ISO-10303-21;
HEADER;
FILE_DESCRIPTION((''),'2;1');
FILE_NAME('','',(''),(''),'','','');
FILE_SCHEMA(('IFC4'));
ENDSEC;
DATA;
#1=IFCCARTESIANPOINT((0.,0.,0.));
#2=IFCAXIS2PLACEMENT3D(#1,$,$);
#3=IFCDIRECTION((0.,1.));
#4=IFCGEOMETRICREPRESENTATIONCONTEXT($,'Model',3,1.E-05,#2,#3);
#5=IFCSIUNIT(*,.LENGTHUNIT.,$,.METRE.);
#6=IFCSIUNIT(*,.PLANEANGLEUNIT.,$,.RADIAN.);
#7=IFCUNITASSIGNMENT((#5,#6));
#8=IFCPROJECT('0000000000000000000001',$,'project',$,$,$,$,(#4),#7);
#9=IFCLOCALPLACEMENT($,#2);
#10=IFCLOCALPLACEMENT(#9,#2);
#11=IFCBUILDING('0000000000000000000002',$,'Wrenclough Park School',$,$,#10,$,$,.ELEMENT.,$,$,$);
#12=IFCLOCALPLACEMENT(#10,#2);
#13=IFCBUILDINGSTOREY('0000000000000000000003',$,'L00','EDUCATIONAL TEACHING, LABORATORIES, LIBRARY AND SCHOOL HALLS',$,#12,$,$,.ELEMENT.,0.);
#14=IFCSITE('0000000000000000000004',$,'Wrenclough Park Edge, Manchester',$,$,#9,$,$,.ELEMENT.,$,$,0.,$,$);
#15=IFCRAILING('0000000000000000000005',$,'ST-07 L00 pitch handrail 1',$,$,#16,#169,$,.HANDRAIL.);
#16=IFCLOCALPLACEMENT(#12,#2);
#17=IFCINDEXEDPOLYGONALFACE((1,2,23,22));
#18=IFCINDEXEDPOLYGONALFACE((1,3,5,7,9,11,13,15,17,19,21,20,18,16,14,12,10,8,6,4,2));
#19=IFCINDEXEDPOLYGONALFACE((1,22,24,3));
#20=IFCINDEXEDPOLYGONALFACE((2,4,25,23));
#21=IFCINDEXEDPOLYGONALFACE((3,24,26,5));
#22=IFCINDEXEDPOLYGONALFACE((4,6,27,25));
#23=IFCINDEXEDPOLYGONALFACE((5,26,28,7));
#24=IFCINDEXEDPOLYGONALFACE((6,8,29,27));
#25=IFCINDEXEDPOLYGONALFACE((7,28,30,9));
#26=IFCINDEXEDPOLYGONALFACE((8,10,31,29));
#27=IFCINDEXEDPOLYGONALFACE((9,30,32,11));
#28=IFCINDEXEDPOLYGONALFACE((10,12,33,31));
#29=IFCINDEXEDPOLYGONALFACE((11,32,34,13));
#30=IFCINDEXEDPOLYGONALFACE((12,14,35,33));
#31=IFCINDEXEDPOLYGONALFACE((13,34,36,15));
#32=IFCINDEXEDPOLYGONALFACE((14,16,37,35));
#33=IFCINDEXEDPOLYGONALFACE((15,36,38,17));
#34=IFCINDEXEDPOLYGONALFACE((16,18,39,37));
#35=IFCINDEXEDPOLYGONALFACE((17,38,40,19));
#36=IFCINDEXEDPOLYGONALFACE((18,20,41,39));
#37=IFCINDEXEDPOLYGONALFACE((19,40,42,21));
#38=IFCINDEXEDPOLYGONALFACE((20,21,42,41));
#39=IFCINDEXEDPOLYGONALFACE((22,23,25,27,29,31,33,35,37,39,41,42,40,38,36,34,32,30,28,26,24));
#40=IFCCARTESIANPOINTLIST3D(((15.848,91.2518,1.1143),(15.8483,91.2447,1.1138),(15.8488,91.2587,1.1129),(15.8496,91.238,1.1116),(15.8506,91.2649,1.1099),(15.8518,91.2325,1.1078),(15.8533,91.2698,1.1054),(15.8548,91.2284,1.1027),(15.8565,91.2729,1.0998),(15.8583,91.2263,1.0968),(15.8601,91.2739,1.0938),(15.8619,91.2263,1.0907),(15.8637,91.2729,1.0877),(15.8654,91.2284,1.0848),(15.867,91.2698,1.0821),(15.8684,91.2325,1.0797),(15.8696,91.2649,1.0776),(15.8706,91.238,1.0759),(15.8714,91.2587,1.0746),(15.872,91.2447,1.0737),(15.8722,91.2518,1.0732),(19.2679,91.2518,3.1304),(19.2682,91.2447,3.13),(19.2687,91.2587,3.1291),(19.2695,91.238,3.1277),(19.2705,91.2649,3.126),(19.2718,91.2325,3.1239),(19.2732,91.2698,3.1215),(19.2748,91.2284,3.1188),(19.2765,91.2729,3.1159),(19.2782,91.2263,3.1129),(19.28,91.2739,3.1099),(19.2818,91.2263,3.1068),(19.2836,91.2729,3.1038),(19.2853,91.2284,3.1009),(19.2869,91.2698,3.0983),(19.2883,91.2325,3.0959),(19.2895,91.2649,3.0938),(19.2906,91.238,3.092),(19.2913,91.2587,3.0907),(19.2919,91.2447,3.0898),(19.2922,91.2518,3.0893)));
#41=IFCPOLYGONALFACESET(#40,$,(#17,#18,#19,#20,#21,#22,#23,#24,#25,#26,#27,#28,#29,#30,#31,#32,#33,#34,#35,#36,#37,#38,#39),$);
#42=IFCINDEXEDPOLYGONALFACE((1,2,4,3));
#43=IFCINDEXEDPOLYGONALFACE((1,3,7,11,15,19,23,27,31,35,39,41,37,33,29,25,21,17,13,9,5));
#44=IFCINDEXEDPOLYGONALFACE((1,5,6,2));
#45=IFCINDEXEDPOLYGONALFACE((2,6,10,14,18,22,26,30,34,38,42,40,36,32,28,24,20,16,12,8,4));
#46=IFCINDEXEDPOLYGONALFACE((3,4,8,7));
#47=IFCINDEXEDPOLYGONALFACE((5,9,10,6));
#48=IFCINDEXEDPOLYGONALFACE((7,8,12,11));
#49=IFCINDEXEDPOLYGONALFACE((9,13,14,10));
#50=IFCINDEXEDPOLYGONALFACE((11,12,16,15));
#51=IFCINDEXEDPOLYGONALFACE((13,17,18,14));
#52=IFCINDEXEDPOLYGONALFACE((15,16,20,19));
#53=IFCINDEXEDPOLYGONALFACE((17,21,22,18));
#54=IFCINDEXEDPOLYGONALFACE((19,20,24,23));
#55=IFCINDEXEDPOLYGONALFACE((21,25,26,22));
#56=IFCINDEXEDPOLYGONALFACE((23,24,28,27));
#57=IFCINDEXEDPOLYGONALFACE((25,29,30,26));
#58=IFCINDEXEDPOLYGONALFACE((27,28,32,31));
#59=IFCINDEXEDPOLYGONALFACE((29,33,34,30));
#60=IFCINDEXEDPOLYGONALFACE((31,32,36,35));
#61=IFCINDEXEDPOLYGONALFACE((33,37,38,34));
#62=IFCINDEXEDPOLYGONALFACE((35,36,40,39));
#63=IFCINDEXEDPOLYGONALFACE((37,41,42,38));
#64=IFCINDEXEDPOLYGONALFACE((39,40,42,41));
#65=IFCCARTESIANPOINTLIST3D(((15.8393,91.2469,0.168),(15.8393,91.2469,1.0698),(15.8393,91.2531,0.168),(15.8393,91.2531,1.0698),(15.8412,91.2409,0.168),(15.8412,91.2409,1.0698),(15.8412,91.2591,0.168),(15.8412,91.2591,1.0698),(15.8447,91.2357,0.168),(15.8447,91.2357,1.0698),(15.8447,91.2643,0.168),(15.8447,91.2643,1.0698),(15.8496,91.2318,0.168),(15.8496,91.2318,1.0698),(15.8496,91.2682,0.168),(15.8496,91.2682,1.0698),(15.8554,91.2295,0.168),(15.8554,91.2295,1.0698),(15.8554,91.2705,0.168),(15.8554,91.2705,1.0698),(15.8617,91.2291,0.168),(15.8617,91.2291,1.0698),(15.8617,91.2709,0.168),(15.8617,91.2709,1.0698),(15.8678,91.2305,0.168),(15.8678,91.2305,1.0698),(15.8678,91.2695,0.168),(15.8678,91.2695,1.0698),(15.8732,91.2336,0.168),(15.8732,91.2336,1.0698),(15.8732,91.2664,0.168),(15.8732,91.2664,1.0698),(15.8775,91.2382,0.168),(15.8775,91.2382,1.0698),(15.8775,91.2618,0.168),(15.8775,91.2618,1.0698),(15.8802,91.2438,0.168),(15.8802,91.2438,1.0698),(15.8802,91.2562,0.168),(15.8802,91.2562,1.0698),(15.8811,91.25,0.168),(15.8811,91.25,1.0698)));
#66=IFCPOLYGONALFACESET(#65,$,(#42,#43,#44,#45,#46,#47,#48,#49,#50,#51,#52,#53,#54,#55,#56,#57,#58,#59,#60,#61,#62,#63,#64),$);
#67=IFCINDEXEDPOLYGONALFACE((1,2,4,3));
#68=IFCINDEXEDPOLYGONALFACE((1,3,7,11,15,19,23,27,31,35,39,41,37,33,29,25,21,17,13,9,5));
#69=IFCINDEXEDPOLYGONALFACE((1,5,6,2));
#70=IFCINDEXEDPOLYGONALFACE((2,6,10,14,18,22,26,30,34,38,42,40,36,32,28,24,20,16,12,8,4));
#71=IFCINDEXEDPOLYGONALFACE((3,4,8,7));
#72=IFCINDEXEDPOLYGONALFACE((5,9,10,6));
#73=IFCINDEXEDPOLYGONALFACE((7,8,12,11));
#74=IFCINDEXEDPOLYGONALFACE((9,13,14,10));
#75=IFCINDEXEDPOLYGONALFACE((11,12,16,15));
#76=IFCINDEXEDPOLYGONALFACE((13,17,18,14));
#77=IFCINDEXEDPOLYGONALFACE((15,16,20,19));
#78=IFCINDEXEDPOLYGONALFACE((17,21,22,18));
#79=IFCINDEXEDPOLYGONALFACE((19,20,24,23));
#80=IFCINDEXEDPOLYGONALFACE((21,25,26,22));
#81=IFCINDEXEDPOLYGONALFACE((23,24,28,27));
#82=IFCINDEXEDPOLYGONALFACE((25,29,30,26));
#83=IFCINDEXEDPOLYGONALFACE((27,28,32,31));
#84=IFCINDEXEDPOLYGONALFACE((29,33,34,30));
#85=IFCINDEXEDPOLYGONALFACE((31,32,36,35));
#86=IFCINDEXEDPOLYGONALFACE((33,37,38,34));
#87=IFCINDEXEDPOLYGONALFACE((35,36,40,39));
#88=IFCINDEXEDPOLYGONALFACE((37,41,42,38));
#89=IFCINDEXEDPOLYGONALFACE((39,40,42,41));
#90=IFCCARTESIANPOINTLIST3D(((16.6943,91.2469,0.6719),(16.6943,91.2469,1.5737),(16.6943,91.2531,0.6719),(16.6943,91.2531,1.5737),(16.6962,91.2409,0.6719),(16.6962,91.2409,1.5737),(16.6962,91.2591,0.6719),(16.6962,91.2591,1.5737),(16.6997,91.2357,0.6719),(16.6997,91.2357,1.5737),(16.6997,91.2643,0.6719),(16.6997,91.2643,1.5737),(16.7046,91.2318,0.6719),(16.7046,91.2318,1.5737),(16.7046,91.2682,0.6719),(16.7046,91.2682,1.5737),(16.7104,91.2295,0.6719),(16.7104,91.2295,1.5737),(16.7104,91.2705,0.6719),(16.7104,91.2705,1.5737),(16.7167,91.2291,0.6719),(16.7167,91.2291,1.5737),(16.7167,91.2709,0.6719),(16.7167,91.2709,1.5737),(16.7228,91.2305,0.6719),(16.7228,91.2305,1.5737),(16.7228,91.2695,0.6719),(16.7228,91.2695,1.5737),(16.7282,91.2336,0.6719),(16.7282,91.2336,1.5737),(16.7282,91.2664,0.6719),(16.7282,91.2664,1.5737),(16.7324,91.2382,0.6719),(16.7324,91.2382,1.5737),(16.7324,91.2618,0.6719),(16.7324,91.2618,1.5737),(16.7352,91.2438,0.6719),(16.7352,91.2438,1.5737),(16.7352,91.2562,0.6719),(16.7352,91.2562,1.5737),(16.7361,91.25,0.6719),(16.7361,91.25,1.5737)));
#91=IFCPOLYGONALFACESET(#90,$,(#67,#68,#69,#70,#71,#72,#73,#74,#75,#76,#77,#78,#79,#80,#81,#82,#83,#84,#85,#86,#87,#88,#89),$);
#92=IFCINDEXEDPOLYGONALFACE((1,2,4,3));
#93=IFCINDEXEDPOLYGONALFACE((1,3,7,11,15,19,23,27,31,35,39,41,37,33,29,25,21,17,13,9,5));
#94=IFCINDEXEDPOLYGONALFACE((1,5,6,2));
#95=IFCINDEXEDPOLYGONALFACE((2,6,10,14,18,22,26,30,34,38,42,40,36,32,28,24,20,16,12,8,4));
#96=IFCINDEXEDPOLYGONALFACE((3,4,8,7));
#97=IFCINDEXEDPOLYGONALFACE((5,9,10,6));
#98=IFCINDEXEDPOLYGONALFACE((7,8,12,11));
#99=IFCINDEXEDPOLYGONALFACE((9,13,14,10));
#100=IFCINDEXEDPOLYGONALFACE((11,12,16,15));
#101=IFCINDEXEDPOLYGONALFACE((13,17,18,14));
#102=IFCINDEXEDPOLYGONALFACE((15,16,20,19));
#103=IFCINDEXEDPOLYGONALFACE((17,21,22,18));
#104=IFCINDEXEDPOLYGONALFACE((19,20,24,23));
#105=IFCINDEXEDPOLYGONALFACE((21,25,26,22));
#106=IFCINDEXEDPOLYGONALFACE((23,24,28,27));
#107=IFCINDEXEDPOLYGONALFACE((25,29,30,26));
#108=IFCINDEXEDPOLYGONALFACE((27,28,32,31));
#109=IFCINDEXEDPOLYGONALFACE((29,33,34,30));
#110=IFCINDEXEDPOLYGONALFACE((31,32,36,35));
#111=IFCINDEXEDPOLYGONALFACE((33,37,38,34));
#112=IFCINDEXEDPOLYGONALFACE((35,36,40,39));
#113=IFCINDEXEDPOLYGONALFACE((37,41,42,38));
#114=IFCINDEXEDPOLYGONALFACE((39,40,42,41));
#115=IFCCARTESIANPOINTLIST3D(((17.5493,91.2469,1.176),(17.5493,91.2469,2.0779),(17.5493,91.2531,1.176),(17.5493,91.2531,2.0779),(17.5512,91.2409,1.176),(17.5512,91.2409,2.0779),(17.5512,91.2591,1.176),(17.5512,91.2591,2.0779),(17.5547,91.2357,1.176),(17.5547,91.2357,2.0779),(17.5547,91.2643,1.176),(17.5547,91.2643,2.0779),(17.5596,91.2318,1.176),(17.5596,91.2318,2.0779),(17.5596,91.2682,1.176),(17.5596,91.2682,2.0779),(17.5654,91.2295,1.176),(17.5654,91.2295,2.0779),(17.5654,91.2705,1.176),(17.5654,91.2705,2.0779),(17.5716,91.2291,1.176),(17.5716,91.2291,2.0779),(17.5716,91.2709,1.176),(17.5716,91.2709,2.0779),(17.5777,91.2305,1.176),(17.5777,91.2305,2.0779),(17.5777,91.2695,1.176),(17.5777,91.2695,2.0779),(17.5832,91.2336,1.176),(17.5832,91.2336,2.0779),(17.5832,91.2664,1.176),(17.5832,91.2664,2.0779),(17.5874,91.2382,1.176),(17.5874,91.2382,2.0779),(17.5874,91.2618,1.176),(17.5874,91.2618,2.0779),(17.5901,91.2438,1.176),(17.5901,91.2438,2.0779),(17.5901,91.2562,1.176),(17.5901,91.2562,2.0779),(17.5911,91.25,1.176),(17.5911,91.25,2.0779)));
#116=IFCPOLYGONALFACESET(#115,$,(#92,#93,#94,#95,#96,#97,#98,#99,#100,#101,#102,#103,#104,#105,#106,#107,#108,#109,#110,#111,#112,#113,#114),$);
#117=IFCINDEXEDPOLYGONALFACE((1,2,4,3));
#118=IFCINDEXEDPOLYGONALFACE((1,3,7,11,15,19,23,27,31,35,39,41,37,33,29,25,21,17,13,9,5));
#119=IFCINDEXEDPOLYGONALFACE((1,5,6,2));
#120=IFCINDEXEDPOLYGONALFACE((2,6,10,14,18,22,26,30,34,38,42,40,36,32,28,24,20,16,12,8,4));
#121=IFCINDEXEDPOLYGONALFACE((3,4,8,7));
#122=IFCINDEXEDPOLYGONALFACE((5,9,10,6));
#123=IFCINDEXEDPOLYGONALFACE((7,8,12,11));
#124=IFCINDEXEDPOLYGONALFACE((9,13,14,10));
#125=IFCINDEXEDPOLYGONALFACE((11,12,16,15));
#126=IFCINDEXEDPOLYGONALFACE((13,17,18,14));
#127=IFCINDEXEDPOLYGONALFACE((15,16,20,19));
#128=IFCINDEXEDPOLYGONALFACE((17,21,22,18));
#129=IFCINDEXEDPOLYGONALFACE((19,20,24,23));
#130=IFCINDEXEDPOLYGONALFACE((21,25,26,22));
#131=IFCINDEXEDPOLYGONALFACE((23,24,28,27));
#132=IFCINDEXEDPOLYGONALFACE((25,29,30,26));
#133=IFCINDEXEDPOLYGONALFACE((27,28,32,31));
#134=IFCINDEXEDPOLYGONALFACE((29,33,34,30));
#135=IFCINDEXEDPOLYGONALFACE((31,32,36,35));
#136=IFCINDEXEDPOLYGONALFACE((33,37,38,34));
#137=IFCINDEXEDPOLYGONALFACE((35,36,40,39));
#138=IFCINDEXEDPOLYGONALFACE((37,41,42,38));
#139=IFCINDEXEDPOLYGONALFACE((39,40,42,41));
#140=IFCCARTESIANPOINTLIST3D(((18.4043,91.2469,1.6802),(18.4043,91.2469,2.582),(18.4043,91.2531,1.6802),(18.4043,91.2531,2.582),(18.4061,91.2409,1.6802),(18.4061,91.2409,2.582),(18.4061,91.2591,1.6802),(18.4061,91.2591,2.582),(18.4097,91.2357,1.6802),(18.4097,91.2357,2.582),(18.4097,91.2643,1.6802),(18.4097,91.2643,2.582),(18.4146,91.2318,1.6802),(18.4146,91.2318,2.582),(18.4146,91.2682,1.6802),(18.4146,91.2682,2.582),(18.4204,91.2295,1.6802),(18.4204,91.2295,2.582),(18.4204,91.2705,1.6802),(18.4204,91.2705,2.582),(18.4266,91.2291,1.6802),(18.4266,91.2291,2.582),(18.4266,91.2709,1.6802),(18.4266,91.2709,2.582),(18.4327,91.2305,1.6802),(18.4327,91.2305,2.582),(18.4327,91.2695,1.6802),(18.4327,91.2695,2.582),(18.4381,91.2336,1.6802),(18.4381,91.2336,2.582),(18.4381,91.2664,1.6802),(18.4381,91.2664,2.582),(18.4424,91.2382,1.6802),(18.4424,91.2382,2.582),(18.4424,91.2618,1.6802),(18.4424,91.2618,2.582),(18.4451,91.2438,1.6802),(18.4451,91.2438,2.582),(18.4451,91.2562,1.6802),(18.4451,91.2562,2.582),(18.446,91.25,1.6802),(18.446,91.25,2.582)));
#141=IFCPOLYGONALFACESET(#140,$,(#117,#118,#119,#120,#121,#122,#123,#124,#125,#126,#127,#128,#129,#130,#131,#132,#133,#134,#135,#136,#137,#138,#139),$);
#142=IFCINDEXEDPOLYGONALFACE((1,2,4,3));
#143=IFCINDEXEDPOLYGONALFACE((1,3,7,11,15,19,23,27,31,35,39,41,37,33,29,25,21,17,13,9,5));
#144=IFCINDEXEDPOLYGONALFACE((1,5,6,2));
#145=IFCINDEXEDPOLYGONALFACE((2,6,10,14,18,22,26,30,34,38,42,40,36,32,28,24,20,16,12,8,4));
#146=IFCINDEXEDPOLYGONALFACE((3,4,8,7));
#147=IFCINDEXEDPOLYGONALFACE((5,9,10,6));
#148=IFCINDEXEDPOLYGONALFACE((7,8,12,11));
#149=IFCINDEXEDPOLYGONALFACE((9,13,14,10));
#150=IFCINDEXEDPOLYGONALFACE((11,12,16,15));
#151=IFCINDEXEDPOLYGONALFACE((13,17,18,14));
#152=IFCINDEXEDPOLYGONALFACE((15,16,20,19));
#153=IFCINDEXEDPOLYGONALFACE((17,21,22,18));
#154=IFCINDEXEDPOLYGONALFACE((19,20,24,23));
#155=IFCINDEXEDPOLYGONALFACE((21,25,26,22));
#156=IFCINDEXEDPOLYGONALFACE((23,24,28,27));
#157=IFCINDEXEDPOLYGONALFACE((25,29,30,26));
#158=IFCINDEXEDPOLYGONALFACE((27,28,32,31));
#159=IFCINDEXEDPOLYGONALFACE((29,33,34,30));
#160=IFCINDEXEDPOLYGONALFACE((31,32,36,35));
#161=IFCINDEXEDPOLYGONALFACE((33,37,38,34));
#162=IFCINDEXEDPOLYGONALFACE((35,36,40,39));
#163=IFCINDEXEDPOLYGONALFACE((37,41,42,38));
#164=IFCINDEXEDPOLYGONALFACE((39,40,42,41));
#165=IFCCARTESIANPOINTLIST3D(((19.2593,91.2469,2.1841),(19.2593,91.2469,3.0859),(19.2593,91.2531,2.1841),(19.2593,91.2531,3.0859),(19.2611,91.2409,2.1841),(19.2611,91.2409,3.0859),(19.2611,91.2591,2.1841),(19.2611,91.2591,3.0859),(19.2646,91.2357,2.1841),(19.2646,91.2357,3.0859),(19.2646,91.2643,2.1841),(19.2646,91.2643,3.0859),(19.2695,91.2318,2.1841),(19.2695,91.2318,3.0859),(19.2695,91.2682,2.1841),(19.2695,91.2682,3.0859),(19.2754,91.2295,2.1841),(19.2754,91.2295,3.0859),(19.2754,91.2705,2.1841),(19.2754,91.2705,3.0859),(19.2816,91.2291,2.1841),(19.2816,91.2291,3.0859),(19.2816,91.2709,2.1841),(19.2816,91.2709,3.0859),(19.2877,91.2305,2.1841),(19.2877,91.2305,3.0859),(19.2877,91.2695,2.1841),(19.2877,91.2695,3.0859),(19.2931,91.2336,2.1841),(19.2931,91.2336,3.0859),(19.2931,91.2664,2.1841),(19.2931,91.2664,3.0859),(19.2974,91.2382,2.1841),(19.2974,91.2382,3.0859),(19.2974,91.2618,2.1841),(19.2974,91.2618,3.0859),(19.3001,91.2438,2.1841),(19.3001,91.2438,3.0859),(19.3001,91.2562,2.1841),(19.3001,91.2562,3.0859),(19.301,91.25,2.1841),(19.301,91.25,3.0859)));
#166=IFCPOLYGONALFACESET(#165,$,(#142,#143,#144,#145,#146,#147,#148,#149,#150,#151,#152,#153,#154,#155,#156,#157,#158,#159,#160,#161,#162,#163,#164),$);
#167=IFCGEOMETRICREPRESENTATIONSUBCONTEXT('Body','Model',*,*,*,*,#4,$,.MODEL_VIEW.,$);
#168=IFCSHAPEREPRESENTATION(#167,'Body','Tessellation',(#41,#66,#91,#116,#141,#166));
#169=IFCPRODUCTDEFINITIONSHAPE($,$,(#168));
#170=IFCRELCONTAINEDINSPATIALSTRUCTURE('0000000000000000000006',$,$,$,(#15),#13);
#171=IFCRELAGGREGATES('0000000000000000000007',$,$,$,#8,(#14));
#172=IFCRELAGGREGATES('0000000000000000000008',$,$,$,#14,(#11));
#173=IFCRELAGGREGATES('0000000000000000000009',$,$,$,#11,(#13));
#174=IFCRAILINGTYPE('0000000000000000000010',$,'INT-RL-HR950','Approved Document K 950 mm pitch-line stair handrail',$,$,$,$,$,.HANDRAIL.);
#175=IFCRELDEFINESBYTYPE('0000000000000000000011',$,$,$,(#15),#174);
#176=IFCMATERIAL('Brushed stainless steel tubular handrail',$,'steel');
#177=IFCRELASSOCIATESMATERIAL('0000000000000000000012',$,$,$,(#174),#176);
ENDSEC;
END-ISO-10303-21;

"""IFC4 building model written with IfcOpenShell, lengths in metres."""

from ifc_helpers import new_model, si_unit, direction, frame, origin, origin_2d, place, context, subcontext, project, spatial, circle, extrude, material, type_object, element, save


model = new_model("IFC4")

# Units and contexts
model_context = context("Model", 3, precision=1e-05, world=origin(), true_north=direction((0.0, 1.0)))
body_context = subcontext(model_context, "Body", "Model", "MODEL_VIEW")
ifc_project = project(units=[si_unit("LENGTHUNIT", "METRE"), si_unit("PLANEANGLEUNIT", "RADIAN")], contexts=[model_context])

# Site, building, storey
site_placement = place(None, origin())
site = spatial("IfcSite", under=ifc_project, at=site_placement, Name="Wrenclough Park Edge, Manchester", CompositionType="ELEMENT", RefElevation=0.0)
building_placement = place(site_placement, origin())
building = spatial("IfcBuilding", under=site, at=building_placement, Name="Wrenclough Park School", CompositionType="ELEMENT")
storey_placement = place(building_placement, origin())
storey = spatial("IfcBuildingStorey", under=building, at=storey_placement, Name="L00", Description="EDUCATIONAL TEACHING, LABORATORIES, LIBRARY AND SCHOOL HALLS", CompositionType="ELEMENT", Elevation=0.0)

# Railing
ifc_material_1 = material(Name="Brushed stainless steel tubular handrail", Category="steel")
railing_type_1 = type_object("IfcRailingType", Name="INT-RL-HR950", Description="Approved Document K 950 mm pitch-line stair handrail", PredefinedType="HANDRAIL", material=ifc_material_1)
railing_1_placement = place(storey_placement, frame((15.8601, 91.25, 0.168)))
element("IfcRailing", 1, at=railing_1_placement, inside=storey, type_object=railing_type_1, Name="ST-07 L00 pitch handrail 1", PredefinedType="HANDRAIL", context=body_context, shape_type="SweptSolid", body=[
    extrude(circle(Radius=0.0239, at=origin_2d()), frame((0.0, 0.0, 0.9258), z_axis=(0.86145, 0.0, 0.507842), x_axis=(0.0, 1.0, 0.0)), (0.0, 0.0, 1.0), 3.97),
    extrude(circle(Radius=0.021, at=origin_2d()), origin(), (0.0, 0.0, 1.0), 0.9019),
    extrude(circle(Radius=0.021, at=origin_2d()), frame((0.855, 0.0, 0.5039)), (0.0, 0.0, 1.0), 0.9019),
    extrude(circle(Radius=0.021, at=origin_2d()), frame((1.71, 0.0, 1.0081)), (0.0, 0.0, 1.0), 0.9019),
    extrude(circle(Radius=0.021, at=origin_2d()), frame((2.5649, 0.0, 1.5122)), (0.0, 0.0, 1.0), 0.9019),
    extrude(circle(Radius=0.021, at=origin_2d()), frame((3.4199, 0.0, 2.0161)), (0.0, 0.0, 1.0), 0.9019),
])

save(model, "model.ifc")
